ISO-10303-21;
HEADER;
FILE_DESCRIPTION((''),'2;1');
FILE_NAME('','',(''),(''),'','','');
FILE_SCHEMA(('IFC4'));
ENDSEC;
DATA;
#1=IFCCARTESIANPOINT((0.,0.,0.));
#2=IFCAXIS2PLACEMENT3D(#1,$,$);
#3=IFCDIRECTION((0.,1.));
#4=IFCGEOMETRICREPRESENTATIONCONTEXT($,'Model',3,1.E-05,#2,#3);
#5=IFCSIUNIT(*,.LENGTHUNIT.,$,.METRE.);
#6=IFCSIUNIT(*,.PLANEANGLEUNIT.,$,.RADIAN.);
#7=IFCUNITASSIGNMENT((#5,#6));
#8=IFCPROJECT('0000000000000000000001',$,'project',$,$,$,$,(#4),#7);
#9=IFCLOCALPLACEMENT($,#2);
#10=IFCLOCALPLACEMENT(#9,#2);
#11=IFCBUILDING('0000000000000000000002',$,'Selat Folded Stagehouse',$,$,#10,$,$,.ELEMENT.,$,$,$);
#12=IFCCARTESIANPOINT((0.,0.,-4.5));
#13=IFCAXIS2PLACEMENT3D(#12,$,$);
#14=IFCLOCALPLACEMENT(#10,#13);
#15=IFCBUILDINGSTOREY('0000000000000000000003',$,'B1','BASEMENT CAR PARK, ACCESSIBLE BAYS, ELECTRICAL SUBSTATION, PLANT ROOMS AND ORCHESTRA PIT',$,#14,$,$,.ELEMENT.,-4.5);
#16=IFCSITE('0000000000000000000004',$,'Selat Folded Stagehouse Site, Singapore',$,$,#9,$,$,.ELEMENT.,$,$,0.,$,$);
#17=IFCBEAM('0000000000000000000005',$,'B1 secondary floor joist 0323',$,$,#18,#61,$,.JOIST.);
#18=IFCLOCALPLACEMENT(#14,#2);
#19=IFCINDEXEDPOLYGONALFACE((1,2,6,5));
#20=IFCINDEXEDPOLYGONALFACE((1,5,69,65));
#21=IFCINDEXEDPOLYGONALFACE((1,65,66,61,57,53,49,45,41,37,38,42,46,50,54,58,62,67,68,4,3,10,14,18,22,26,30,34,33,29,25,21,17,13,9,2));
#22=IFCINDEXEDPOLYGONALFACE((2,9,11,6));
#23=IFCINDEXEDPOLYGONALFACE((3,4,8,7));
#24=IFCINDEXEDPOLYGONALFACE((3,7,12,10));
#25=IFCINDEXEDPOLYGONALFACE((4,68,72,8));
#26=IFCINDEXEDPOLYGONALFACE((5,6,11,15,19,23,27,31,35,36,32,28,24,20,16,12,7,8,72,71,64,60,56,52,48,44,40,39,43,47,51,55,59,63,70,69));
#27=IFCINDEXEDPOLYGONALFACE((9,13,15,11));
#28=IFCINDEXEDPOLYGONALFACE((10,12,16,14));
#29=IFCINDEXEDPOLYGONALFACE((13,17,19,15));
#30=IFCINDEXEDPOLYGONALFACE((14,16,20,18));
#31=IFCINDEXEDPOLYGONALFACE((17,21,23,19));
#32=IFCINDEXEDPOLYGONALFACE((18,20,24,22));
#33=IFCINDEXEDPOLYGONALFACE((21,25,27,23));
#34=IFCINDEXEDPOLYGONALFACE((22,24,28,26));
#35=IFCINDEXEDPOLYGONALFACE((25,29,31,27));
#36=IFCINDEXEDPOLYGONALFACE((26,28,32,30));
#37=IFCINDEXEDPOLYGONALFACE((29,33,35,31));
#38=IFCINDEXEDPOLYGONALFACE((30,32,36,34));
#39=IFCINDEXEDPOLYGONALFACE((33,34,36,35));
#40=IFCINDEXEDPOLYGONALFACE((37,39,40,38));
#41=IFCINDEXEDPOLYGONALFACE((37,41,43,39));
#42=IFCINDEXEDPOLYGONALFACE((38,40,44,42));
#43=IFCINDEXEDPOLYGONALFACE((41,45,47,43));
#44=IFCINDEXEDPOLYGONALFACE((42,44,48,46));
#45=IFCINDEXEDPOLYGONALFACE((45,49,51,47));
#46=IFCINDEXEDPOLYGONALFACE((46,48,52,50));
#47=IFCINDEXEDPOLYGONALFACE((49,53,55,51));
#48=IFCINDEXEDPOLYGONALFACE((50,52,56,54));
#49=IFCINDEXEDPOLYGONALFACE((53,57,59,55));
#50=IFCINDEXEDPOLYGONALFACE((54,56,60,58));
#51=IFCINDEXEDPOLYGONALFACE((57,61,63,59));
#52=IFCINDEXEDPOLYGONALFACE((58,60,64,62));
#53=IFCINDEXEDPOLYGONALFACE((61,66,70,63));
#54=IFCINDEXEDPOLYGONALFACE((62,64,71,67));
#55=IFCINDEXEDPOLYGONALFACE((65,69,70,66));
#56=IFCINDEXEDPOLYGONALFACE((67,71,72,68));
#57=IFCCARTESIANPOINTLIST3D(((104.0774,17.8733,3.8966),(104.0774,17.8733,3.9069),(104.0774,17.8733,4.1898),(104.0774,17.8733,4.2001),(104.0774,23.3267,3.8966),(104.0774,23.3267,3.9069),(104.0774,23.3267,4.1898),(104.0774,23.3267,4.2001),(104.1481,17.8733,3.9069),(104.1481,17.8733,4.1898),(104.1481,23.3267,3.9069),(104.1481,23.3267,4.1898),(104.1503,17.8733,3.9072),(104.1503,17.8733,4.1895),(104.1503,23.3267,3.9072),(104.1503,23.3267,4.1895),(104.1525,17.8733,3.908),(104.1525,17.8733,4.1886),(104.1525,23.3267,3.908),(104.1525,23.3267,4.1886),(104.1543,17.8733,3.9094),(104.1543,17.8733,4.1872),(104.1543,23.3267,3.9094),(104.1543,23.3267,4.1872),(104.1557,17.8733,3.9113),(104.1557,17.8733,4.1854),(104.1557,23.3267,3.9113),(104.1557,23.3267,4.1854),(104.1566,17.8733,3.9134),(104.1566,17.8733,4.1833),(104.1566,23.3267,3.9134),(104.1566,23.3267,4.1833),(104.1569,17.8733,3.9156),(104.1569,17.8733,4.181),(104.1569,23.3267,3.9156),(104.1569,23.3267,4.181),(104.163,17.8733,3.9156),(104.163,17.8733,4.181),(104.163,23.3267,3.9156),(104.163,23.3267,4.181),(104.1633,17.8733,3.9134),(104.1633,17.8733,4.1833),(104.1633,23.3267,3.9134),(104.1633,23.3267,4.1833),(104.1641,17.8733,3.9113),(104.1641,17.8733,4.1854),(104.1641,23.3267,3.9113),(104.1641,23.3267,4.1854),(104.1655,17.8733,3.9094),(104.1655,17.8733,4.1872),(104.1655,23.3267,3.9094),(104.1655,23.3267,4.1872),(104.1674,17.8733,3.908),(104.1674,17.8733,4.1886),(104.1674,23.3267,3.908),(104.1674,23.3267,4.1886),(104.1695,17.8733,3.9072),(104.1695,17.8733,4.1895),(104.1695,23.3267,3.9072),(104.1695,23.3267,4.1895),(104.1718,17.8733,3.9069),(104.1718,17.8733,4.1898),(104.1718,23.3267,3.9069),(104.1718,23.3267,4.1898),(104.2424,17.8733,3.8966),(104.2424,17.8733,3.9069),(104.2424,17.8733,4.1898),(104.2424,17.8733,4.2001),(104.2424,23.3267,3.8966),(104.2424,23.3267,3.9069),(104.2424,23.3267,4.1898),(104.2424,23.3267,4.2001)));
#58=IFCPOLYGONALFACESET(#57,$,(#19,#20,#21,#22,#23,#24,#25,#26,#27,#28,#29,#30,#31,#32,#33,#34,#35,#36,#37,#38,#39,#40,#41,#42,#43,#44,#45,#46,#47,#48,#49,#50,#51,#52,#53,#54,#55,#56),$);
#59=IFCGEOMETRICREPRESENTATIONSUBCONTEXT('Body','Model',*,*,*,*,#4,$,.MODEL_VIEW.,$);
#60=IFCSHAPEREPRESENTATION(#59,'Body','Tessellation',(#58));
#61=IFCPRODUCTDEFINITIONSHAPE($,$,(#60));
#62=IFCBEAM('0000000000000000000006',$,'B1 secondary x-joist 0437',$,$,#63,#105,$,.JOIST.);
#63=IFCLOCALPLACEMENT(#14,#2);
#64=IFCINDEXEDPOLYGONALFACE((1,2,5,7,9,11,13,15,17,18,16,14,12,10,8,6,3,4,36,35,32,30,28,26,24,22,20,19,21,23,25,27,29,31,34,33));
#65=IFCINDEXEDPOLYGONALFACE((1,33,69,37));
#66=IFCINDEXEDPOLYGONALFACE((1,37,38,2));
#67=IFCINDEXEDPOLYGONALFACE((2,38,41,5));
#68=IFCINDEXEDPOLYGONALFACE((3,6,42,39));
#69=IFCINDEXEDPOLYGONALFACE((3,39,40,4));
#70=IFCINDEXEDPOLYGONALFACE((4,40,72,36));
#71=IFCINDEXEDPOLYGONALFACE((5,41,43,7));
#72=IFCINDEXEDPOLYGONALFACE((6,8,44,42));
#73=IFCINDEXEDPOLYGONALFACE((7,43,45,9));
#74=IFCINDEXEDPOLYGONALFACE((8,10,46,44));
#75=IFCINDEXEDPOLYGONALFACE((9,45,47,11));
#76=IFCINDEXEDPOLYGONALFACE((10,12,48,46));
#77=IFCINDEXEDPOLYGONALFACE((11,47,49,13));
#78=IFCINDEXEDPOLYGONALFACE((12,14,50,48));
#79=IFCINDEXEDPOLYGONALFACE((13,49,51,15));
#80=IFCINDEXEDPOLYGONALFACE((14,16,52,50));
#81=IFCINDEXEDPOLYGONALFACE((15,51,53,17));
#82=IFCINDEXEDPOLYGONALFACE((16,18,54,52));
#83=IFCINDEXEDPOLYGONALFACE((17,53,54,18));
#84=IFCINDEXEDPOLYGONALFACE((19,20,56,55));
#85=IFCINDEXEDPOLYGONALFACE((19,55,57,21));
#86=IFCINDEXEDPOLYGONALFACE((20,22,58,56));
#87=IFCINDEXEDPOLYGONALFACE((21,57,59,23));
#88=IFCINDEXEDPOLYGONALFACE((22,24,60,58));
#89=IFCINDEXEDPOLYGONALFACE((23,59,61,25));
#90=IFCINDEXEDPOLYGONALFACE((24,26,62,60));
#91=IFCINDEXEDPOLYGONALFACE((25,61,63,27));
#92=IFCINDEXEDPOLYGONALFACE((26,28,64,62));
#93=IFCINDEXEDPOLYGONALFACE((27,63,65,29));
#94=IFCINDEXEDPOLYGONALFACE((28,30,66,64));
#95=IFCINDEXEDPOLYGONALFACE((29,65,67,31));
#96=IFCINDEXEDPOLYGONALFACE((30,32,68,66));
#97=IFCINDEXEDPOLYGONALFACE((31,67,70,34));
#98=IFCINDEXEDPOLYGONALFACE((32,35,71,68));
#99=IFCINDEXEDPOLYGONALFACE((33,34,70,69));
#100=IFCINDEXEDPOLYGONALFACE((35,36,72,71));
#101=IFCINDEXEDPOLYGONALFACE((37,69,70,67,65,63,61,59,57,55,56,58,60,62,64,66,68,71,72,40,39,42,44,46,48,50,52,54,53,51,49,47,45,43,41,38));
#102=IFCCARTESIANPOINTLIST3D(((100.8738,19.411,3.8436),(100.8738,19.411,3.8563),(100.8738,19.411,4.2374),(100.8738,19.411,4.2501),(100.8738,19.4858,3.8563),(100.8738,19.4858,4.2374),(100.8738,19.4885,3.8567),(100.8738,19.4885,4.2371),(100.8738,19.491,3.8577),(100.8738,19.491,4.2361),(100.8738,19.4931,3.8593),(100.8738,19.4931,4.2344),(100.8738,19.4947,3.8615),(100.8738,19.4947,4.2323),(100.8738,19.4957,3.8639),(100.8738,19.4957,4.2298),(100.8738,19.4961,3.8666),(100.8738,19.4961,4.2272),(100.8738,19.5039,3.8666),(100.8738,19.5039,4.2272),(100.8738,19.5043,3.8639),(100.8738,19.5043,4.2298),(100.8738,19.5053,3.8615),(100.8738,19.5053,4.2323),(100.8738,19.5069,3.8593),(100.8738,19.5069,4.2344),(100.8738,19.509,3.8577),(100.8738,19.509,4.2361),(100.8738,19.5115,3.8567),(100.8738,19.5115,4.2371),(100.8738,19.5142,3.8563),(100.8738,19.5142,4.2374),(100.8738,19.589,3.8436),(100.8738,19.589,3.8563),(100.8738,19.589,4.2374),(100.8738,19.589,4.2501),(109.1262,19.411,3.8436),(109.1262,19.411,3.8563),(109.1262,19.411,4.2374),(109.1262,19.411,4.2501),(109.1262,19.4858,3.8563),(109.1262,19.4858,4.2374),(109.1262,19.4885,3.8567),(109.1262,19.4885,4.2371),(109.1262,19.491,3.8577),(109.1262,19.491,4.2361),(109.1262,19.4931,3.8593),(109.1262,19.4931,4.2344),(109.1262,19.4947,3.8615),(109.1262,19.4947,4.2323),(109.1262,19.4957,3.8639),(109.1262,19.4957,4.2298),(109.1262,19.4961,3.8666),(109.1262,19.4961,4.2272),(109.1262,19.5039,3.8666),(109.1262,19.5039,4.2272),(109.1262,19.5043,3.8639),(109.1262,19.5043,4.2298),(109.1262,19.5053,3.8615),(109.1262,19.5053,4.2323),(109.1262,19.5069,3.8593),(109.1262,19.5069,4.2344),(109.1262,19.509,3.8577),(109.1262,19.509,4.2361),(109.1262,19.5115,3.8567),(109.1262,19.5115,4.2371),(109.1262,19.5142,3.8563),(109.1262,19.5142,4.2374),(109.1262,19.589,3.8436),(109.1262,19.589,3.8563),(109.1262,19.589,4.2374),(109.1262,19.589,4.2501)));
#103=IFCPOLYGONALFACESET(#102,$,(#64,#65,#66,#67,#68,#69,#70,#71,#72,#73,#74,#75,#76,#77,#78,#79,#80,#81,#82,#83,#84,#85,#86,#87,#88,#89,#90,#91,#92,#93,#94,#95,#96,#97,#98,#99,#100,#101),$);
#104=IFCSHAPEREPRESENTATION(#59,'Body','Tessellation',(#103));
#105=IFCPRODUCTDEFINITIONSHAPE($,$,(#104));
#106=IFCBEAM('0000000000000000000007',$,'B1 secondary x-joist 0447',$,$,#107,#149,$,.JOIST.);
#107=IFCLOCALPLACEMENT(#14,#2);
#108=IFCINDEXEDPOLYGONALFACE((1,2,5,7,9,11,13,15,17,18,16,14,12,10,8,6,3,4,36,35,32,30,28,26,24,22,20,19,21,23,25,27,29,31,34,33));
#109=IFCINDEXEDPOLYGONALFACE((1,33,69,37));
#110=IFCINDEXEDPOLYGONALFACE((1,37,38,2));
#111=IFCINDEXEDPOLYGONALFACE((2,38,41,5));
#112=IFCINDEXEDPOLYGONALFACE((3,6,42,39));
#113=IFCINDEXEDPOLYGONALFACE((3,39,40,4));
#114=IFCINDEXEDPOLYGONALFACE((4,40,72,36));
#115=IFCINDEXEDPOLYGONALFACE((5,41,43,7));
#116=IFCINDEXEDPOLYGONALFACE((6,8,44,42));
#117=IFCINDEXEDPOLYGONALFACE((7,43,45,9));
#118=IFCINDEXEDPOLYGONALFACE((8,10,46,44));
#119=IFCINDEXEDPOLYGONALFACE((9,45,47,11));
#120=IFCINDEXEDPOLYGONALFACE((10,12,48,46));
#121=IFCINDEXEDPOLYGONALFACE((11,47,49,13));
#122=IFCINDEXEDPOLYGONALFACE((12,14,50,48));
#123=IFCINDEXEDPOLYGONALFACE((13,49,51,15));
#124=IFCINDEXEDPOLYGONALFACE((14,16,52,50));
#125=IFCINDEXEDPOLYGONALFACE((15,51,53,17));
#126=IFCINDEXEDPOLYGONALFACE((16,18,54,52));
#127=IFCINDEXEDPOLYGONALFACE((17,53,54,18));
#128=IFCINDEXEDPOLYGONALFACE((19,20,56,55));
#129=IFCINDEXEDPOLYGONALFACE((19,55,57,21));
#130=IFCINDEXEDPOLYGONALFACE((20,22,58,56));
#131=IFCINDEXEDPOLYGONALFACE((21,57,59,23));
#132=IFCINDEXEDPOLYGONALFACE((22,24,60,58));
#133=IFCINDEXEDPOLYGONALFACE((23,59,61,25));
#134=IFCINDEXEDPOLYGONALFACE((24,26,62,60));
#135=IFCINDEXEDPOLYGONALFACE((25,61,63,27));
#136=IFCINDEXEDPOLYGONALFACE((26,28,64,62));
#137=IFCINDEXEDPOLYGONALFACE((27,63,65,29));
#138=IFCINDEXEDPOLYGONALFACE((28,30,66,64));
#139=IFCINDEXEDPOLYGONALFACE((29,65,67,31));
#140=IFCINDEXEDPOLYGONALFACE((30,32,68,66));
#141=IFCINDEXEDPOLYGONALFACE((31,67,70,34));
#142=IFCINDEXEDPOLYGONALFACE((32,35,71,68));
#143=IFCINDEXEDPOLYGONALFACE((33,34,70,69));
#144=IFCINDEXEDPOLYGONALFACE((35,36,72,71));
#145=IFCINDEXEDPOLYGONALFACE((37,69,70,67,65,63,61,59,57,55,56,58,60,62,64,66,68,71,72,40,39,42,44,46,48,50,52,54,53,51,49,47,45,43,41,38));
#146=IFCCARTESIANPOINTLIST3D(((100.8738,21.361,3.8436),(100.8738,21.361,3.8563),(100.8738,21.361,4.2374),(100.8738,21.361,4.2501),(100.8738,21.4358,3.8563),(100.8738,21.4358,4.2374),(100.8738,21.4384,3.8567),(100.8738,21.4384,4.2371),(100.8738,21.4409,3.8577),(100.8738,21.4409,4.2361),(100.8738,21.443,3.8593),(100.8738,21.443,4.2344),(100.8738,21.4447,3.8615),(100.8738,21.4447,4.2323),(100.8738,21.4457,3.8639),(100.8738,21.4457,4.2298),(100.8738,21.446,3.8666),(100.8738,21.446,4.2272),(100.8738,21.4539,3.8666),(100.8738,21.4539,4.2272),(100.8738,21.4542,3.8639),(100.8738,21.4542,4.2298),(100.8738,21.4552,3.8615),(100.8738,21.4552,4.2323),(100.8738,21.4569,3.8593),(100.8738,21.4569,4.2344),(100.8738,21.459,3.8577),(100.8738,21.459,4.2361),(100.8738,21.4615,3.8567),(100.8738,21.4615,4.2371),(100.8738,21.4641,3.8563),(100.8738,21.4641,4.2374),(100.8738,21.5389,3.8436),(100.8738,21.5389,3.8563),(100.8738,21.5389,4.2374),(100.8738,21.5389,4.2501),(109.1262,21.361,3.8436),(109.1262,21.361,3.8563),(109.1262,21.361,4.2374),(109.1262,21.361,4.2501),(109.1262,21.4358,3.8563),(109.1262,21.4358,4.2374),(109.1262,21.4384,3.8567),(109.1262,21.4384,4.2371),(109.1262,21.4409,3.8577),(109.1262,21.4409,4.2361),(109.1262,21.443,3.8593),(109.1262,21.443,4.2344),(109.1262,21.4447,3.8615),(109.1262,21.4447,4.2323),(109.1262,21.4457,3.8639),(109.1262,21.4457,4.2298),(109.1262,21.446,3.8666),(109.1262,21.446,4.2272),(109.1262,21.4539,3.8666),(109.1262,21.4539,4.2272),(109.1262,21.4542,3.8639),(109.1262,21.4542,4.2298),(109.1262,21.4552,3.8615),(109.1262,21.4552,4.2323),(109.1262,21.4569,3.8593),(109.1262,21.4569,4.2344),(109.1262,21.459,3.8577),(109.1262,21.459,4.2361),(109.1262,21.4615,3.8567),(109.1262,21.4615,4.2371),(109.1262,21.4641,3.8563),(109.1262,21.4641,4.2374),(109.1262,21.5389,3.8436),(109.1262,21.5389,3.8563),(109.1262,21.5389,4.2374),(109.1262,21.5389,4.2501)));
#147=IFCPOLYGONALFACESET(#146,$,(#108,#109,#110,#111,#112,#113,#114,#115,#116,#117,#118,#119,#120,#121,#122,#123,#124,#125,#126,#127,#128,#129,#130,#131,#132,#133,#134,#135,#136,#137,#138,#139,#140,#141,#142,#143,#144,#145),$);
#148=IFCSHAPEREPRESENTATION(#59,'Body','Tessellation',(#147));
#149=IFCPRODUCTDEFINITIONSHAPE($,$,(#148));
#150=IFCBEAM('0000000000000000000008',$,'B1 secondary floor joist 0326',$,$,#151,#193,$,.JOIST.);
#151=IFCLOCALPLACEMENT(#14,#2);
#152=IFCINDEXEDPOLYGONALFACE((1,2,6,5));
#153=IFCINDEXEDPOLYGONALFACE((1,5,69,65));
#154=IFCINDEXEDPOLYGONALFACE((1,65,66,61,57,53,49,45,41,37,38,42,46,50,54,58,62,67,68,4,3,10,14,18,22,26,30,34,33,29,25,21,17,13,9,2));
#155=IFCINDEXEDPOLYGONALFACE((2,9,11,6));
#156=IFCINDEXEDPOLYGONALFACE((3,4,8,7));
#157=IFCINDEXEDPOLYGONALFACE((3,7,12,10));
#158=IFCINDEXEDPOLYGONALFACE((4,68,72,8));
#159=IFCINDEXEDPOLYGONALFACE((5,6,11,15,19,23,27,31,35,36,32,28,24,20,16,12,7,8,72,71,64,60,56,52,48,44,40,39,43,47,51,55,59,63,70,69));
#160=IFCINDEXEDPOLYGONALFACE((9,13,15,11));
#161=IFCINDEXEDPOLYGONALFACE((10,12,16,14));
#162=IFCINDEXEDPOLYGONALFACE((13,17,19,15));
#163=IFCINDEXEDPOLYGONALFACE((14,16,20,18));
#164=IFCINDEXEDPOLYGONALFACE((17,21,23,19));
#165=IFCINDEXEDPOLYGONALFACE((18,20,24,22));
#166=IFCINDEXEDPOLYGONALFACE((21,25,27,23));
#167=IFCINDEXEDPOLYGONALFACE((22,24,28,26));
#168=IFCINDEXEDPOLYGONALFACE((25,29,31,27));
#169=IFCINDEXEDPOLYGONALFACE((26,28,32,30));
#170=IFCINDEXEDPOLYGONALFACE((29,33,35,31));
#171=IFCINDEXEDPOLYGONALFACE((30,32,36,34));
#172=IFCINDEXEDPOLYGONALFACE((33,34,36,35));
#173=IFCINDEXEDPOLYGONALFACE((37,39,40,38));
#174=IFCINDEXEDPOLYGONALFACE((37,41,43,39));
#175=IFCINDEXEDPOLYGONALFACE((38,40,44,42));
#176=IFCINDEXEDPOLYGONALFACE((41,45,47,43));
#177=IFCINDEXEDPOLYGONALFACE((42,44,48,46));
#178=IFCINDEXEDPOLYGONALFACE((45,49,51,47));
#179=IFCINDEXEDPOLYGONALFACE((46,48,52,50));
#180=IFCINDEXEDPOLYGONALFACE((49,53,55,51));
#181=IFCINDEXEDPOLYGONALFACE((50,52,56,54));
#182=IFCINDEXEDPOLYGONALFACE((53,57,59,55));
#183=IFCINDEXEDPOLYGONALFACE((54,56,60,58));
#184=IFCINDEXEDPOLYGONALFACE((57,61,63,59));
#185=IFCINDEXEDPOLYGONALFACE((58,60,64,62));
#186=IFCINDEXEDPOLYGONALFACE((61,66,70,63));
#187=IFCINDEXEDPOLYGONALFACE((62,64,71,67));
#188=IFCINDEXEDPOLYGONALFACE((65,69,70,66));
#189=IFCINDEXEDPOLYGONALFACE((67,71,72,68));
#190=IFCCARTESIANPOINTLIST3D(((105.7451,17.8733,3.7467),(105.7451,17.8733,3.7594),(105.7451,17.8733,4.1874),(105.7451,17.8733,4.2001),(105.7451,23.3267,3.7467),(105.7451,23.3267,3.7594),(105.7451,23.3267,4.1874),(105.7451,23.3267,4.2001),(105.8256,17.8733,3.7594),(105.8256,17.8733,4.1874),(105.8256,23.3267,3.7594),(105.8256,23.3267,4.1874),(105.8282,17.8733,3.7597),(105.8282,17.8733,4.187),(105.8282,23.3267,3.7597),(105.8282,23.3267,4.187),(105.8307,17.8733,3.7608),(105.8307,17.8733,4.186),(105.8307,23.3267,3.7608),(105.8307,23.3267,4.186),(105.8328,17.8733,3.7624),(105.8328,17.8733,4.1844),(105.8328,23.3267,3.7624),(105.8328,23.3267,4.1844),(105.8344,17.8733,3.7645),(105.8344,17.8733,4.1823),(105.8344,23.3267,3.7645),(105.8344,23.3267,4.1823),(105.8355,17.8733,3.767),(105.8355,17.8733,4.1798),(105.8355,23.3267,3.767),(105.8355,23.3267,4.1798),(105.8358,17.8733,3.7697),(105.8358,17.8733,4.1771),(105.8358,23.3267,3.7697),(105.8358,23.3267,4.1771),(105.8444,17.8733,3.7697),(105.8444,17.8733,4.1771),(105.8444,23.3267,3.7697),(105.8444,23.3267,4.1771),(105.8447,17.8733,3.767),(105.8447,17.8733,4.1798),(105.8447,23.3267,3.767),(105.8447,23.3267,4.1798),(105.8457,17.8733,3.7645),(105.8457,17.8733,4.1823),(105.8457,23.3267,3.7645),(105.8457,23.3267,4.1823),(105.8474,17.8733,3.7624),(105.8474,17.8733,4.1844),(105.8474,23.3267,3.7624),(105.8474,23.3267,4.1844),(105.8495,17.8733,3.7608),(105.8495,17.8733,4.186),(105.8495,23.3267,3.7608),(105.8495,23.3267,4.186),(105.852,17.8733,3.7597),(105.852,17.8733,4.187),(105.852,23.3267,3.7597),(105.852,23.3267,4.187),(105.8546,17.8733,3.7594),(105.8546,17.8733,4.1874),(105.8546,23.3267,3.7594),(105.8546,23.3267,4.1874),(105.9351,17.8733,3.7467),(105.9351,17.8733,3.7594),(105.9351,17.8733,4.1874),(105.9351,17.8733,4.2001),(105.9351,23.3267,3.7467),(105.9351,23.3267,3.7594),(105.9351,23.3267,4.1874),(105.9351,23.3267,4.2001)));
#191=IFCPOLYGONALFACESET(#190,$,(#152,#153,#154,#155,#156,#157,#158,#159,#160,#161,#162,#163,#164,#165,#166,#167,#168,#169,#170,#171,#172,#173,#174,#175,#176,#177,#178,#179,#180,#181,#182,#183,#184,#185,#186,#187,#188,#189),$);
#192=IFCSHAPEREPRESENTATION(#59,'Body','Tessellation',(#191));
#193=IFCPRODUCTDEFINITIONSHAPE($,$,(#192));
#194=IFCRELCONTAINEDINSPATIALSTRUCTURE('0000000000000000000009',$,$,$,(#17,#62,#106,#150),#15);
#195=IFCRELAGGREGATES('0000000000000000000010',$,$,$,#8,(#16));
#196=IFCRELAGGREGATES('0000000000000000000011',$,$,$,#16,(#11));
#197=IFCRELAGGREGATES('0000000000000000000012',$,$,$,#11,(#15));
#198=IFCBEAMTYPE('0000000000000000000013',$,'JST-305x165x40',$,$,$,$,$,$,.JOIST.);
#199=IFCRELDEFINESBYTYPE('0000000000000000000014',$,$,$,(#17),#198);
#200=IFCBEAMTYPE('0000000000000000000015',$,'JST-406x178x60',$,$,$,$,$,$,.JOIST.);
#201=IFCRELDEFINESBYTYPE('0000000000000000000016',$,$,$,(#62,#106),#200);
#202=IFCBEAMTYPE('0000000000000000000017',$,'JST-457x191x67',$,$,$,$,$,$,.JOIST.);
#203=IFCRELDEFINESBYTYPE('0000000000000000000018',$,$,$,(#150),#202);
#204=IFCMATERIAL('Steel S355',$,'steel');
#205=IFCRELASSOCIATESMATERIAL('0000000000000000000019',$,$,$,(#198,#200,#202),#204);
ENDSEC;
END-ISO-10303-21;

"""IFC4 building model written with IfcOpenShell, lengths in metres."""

from ifc_helpers import new_model, si_unit, direction, frame, origin, origin_2d, place, context, subcontext, project, spatial, i_section, extrude, material, material_profile, profile_set, type_object, element, save


model = new_model("IFC4")

# Units and contexts
model_context = context("Model", 3, precision=1e-05, world=origin(), true_north=direction((0.0, 1.0)))
body_context = subcontext(model_context, "Body", "Model", "MODEL_VIEW")
ifc_project = project(units=[si_unit("LENGTHUNIT", "METRE"), si_unit("PLANEANGLEUNIT", "RADIAN")], contexts=[model_context])

# Site, building, storey
site_placement = place(None, origin())
site = spatial("IfcSite", under=ifc_project, at=site_placement, Name="Selat Folded Stagehouse Site, Singapore", CompositionType="ELEMENT", RefElevation=0.0)
building_placement = place(site_placement, origin())
building = spatial("IfcBuilding", under=site, at=building_placement, Name="Selat Folded Stagehouse", CompositionType="ELEMENT")
storey_placement = place(building_placement, frame((0.0, 0.0, -4.5)))
storey = spatial("IfcBuildingStorey", under=building, at=storey_placement, Name="B1", Description="BASEMENT CAR PARK, ACCESSIBLE BAYS, ELECTRICAL SUBSTATION, PLANT ROOMS AND ORCHESTRA PIT", CompositionType="ELEMENT", Elevation=-4.5)

# Shared definitions
ifc_material_1 = material(Name="Steel S355", Category="steel")

# Beams
ifc_material_profile_1 = material_profile(ifc_material_1, i_section(OverallWidth=0.165, OverallDepth=0.3035, WebThickness=0.0061, FlangeThickness=0.0103, FilletRadius=0.0088, at=origin_2d()), Name="UKB 305x165x40")
ifc_profile_set_1 = profile_set([ifc_material_profile_1], Name="Steel S355")
beam_type_1 = type_object("IfcBeamType", Name="JST-305x165x40", PredefinedType="JOIST", material=ifc_profile_set_1)
for number, where, z_axis, x_axis, name in (
    (1, (104.1599, 17.8733, 4.0483), (0.0, 1.0, 0.0), (-1.0, 0.0, 0.0), "B1 secondary floor joist 0323"),
):
    element("IfcBeam", number, at=place(storey_placement, frame(where, z_axis=z_axis, x_axis=x_axis)), inside=storey, type_object=beam_type_1, Name=name, PredefinedType="JOIST", context=body_context, shape_type="SweptSolid", body=[
        extrude(i_section(OverallWidth=0.165, OverallDepth=0.3035, WebThickness=0.0061, FlangeThickness=0.0103, FilletRadius=0.0088, at=origin_2d()), origin(), (0.0, 0.0, 1.0), 5.4534),
    ])
ifc_material_profile_2 = material_profile(ifc_material_1, i_section(OverallWidth=0.178, OverallDepth=0.4065, WebThickness=0.0078, FlangeThickness=0.0127, FilletRadius=0.0103, at=origin_2d()), Name="UKB 406x178x60")
ifc_profile_set_2 = profile_set([ifc_material_profile_2], Name="Steel S355")
beam_type_2 = type_object("IfcBeamType", Name="JST-406x178x60", PredefinedType="JOIST", material=ifc_profile_set_2)
for number, where, z_axis, x_axis, name in (
    (2, (100.8738, 19.5, 4.0469), (1.0, 0.0, 0.0), (0.0, 1.0, 0.0), "B1 secondary x-joist 0437"),
    (3, (100.8738, 21.45, 4.0469), (1.0, 0.0, 0.0), (0.0, 1.0, 0.0), "B1 secondary x-joist 0447"),
):
    element("IfcBeam", number, at=place(storey_placement, frame(where, z_axis=z_axis, x_axis=x_axis)), inside=storey, type_object=beam_type_2, Name=name, PredefinedType="JOIST", context=body_context, shape_type="SweptSolid", body=[
        extrude(i_section(OverallWidth=0.178, OverallDepth=0.4065, WebThickness=0.0078, FlangeThickness=0.0127, FilletRadius=0.0103, at=origin_2d()), origin(), (0.0, 0.0, 1.0), 8.2524),
    ])
ifc_material_profile_3 = material_profile(ifc_material_1, i_section(OverallWidth=0.1899, OverallDepth=0.4534, WebThickness=0.0085, FlangeThickness=0.0127, FilletRadius=0.0103, at=origin_2d()), Name="UKB 457x191x67")
ifc_profile_set_3 = profile_set([ifc_material_profile_3], Name="Steel S355")
beam_type_3 = type_object("IfcBeamType", Name="JST-457x191x67", PredefinedType="JOIST", material=ifc_profile_set_3)
for number, where, z_axis, x_axis, name in (
    (4, (105.8401, 17.8733, 3.9734), (0.0, 1.0, 0.0), (-1.0, 0.0, 0.0), "B1 secondary floor joist 0326"),
):
    element("IfcBeam", number, at=place(storey_placement, frame(where, z_axis=z_axis, x_axis=x_axis)), inside=storey, type_object=beam_type_3, Name=name, PredefinedType="JOIST", context=body_context, shape_type="SweptSolid", body=[
        extrude(i_section(OverallWidth=0.1899, OverallDepth=0.4534, WebThickness=0.0085, FlangeThickness=0.0127, FilletRadius=0.0103, at=origin_2d()), origin(), (0.0, 0.0, 1.0), 5.4534),
    ])

save(model, "model.ifc")
